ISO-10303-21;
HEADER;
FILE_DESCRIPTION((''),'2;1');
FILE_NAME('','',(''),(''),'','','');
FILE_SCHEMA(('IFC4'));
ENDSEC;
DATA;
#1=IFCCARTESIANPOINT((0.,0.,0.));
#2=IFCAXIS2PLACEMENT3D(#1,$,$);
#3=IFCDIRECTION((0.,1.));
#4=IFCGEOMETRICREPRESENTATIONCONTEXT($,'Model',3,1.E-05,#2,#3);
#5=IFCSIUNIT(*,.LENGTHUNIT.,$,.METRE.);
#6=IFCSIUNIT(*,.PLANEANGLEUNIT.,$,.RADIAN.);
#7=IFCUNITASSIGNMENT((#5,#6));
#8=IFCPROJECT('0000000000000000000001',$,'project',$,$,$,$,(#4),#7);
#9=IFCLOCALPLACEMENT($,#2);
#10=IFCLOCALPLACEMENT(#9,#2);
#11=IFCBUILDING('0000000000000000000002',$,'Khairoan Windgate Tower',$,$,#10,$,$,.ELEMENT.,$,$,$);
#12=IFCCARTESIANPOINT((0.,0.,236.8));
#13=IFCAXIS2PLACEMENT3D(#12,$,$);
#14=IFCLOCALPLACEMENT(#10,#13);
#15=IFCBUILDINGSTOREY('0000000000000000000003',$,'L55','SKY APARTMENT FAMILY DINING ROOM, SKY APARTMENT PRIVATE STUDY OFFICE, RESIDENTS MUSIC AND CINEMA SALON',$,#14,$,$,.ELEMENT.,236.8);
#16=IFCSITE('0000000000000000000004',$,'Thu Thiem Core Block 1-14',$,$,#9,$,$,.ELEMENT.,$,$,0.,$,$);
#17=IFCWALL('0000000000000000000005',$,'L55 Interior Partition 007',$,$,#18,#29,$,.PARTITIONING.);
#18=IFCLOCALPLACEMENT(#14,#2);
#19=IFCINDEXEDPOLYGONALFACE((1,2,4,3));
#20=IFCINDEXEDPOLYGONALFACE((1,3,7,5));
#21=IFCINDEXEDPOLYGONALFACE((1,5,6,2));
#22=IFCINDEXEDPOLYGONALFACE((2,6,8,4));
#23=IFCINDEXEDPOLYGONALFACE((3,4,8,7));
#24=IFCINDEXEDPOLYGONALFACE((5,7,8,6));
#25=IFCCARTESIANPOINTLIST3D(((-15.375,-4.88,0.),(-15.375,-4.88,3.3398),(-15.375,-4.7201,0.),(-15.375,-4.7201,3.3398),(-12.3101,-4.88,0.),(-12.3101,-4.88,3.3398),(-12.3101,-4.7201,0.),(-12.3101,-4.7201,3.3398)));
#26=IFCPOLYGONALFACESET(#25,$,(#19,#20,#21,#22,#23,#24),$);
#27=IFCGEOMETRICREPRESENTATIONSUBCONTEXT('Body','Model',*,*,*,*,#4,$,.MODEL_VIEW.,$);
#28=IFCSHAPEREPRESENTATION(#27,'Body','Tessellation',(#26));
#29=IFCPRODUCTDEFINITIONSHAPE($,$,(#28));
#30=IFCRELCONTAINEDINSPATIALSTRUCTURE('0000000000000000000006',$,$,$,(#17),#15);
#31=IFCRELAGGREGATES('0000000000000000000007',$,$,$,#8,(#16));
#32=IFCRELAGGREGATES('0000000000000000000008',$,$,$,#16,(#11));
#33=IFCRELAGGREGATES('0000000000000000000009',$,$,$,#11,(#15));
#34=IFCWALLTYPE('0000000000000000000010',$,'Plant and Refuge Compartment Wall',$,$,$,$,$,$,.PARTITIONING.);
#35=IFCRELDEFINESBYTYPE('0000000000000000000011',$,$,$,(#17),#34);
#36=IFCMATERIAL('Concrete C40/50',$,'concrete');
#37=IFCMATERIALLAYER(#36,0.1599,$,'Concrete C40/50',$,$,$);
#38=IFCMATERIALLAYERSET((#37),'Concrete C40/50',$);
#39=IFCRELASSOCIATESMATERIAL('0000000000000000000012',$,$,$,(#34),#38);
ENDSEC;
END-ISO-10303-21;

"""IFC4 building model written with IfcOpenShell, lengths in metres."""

from ifc_helpers import new_model, si_unit, direction, frame, frame_2d, origin, place, context, subcontext, project, spatial, rectangle, extrude, material, layer, layer_set, type_object, element, save


model = new_model("IFC4")

# Units and contexts
model_context = context("Model", 3, precision=1e-05, world=origin(), true_north=direction((0.0, 1.0)))
body_context = subcontext(model_context, "Body", "Model", "MODEL_VIEW")
ifc_project = project(units=[si_unit("LENGTHUNIT", "METRE"), si_unit("PLANEANGLEUNIT", "RADIAN")], contexts=[model_context])

# Site, building, storey
site_placement = place(None, origin())
site = spatial("IfcSite", under=ifc_project, at=site_placement, Name="Thu Thiem Core Block 1-14", CompositionType="ELEMENT", RefElevation=0.0)
building_placement = place(site_placement, origin())
building = spatial("IfcBuilding", under=site, at=building_placement, Name="Khairoan Windgate Tower", CompositionType="ELEMENT")
storey_placement = place(building_placement, frame((0.0, 0.0, 236.8)))
storey = spatial("IfcBuildingStorey", under=building, at=storey_placement, Name="L55", Description="SKY APARTMENT FAMILY DINING ROOM, SKY APARTMENT PRIVATE STUDY OFFICE, RESIDENTS MUSIC AND CINEMA SALON", CompositionType="ELEMENT", Elevation=236.8)

# Shared definitions
ifc_material_1 = material(Name="Concrete C40/50", Category="concrete")
ifc_layer_1 = layer(ifc_material_1, 0.1599, Name="Concrete C40/50")
ifc_layer_set_1 = layer_set([ifc_layer_1], Name="Concrete C40/50")
wall_type_1 = type_object("IfcWallType", Name="Plant and Refuge Compartment Wall", PredefinedType="PARTITIONING", material=ifc_layer_set_1)

# Wall
wall_1_placement = place(storey_placement, frame((-15.375, -4.8, 0.0), z_axis=(0.0, 0.0, 1.0), x_axis=(1.0, 0.0, 0.0)))
element("IfcWall", 1, at=wall_1_placement, inside=storey, type_object=wall_type_1, Name="L55 Interior Partition 007", PredefinedType="PARTITIONING", context=body_context, shape_type="SweptSolid", body=[
    extrude(rectangle(XDim=3.0649, YDim=0.1599, at=frame_2d((1.5325, 0.0))), origin(), (0.0, 0.0, 1.0), 3.3398),
])

save(model, "model.ifc")
